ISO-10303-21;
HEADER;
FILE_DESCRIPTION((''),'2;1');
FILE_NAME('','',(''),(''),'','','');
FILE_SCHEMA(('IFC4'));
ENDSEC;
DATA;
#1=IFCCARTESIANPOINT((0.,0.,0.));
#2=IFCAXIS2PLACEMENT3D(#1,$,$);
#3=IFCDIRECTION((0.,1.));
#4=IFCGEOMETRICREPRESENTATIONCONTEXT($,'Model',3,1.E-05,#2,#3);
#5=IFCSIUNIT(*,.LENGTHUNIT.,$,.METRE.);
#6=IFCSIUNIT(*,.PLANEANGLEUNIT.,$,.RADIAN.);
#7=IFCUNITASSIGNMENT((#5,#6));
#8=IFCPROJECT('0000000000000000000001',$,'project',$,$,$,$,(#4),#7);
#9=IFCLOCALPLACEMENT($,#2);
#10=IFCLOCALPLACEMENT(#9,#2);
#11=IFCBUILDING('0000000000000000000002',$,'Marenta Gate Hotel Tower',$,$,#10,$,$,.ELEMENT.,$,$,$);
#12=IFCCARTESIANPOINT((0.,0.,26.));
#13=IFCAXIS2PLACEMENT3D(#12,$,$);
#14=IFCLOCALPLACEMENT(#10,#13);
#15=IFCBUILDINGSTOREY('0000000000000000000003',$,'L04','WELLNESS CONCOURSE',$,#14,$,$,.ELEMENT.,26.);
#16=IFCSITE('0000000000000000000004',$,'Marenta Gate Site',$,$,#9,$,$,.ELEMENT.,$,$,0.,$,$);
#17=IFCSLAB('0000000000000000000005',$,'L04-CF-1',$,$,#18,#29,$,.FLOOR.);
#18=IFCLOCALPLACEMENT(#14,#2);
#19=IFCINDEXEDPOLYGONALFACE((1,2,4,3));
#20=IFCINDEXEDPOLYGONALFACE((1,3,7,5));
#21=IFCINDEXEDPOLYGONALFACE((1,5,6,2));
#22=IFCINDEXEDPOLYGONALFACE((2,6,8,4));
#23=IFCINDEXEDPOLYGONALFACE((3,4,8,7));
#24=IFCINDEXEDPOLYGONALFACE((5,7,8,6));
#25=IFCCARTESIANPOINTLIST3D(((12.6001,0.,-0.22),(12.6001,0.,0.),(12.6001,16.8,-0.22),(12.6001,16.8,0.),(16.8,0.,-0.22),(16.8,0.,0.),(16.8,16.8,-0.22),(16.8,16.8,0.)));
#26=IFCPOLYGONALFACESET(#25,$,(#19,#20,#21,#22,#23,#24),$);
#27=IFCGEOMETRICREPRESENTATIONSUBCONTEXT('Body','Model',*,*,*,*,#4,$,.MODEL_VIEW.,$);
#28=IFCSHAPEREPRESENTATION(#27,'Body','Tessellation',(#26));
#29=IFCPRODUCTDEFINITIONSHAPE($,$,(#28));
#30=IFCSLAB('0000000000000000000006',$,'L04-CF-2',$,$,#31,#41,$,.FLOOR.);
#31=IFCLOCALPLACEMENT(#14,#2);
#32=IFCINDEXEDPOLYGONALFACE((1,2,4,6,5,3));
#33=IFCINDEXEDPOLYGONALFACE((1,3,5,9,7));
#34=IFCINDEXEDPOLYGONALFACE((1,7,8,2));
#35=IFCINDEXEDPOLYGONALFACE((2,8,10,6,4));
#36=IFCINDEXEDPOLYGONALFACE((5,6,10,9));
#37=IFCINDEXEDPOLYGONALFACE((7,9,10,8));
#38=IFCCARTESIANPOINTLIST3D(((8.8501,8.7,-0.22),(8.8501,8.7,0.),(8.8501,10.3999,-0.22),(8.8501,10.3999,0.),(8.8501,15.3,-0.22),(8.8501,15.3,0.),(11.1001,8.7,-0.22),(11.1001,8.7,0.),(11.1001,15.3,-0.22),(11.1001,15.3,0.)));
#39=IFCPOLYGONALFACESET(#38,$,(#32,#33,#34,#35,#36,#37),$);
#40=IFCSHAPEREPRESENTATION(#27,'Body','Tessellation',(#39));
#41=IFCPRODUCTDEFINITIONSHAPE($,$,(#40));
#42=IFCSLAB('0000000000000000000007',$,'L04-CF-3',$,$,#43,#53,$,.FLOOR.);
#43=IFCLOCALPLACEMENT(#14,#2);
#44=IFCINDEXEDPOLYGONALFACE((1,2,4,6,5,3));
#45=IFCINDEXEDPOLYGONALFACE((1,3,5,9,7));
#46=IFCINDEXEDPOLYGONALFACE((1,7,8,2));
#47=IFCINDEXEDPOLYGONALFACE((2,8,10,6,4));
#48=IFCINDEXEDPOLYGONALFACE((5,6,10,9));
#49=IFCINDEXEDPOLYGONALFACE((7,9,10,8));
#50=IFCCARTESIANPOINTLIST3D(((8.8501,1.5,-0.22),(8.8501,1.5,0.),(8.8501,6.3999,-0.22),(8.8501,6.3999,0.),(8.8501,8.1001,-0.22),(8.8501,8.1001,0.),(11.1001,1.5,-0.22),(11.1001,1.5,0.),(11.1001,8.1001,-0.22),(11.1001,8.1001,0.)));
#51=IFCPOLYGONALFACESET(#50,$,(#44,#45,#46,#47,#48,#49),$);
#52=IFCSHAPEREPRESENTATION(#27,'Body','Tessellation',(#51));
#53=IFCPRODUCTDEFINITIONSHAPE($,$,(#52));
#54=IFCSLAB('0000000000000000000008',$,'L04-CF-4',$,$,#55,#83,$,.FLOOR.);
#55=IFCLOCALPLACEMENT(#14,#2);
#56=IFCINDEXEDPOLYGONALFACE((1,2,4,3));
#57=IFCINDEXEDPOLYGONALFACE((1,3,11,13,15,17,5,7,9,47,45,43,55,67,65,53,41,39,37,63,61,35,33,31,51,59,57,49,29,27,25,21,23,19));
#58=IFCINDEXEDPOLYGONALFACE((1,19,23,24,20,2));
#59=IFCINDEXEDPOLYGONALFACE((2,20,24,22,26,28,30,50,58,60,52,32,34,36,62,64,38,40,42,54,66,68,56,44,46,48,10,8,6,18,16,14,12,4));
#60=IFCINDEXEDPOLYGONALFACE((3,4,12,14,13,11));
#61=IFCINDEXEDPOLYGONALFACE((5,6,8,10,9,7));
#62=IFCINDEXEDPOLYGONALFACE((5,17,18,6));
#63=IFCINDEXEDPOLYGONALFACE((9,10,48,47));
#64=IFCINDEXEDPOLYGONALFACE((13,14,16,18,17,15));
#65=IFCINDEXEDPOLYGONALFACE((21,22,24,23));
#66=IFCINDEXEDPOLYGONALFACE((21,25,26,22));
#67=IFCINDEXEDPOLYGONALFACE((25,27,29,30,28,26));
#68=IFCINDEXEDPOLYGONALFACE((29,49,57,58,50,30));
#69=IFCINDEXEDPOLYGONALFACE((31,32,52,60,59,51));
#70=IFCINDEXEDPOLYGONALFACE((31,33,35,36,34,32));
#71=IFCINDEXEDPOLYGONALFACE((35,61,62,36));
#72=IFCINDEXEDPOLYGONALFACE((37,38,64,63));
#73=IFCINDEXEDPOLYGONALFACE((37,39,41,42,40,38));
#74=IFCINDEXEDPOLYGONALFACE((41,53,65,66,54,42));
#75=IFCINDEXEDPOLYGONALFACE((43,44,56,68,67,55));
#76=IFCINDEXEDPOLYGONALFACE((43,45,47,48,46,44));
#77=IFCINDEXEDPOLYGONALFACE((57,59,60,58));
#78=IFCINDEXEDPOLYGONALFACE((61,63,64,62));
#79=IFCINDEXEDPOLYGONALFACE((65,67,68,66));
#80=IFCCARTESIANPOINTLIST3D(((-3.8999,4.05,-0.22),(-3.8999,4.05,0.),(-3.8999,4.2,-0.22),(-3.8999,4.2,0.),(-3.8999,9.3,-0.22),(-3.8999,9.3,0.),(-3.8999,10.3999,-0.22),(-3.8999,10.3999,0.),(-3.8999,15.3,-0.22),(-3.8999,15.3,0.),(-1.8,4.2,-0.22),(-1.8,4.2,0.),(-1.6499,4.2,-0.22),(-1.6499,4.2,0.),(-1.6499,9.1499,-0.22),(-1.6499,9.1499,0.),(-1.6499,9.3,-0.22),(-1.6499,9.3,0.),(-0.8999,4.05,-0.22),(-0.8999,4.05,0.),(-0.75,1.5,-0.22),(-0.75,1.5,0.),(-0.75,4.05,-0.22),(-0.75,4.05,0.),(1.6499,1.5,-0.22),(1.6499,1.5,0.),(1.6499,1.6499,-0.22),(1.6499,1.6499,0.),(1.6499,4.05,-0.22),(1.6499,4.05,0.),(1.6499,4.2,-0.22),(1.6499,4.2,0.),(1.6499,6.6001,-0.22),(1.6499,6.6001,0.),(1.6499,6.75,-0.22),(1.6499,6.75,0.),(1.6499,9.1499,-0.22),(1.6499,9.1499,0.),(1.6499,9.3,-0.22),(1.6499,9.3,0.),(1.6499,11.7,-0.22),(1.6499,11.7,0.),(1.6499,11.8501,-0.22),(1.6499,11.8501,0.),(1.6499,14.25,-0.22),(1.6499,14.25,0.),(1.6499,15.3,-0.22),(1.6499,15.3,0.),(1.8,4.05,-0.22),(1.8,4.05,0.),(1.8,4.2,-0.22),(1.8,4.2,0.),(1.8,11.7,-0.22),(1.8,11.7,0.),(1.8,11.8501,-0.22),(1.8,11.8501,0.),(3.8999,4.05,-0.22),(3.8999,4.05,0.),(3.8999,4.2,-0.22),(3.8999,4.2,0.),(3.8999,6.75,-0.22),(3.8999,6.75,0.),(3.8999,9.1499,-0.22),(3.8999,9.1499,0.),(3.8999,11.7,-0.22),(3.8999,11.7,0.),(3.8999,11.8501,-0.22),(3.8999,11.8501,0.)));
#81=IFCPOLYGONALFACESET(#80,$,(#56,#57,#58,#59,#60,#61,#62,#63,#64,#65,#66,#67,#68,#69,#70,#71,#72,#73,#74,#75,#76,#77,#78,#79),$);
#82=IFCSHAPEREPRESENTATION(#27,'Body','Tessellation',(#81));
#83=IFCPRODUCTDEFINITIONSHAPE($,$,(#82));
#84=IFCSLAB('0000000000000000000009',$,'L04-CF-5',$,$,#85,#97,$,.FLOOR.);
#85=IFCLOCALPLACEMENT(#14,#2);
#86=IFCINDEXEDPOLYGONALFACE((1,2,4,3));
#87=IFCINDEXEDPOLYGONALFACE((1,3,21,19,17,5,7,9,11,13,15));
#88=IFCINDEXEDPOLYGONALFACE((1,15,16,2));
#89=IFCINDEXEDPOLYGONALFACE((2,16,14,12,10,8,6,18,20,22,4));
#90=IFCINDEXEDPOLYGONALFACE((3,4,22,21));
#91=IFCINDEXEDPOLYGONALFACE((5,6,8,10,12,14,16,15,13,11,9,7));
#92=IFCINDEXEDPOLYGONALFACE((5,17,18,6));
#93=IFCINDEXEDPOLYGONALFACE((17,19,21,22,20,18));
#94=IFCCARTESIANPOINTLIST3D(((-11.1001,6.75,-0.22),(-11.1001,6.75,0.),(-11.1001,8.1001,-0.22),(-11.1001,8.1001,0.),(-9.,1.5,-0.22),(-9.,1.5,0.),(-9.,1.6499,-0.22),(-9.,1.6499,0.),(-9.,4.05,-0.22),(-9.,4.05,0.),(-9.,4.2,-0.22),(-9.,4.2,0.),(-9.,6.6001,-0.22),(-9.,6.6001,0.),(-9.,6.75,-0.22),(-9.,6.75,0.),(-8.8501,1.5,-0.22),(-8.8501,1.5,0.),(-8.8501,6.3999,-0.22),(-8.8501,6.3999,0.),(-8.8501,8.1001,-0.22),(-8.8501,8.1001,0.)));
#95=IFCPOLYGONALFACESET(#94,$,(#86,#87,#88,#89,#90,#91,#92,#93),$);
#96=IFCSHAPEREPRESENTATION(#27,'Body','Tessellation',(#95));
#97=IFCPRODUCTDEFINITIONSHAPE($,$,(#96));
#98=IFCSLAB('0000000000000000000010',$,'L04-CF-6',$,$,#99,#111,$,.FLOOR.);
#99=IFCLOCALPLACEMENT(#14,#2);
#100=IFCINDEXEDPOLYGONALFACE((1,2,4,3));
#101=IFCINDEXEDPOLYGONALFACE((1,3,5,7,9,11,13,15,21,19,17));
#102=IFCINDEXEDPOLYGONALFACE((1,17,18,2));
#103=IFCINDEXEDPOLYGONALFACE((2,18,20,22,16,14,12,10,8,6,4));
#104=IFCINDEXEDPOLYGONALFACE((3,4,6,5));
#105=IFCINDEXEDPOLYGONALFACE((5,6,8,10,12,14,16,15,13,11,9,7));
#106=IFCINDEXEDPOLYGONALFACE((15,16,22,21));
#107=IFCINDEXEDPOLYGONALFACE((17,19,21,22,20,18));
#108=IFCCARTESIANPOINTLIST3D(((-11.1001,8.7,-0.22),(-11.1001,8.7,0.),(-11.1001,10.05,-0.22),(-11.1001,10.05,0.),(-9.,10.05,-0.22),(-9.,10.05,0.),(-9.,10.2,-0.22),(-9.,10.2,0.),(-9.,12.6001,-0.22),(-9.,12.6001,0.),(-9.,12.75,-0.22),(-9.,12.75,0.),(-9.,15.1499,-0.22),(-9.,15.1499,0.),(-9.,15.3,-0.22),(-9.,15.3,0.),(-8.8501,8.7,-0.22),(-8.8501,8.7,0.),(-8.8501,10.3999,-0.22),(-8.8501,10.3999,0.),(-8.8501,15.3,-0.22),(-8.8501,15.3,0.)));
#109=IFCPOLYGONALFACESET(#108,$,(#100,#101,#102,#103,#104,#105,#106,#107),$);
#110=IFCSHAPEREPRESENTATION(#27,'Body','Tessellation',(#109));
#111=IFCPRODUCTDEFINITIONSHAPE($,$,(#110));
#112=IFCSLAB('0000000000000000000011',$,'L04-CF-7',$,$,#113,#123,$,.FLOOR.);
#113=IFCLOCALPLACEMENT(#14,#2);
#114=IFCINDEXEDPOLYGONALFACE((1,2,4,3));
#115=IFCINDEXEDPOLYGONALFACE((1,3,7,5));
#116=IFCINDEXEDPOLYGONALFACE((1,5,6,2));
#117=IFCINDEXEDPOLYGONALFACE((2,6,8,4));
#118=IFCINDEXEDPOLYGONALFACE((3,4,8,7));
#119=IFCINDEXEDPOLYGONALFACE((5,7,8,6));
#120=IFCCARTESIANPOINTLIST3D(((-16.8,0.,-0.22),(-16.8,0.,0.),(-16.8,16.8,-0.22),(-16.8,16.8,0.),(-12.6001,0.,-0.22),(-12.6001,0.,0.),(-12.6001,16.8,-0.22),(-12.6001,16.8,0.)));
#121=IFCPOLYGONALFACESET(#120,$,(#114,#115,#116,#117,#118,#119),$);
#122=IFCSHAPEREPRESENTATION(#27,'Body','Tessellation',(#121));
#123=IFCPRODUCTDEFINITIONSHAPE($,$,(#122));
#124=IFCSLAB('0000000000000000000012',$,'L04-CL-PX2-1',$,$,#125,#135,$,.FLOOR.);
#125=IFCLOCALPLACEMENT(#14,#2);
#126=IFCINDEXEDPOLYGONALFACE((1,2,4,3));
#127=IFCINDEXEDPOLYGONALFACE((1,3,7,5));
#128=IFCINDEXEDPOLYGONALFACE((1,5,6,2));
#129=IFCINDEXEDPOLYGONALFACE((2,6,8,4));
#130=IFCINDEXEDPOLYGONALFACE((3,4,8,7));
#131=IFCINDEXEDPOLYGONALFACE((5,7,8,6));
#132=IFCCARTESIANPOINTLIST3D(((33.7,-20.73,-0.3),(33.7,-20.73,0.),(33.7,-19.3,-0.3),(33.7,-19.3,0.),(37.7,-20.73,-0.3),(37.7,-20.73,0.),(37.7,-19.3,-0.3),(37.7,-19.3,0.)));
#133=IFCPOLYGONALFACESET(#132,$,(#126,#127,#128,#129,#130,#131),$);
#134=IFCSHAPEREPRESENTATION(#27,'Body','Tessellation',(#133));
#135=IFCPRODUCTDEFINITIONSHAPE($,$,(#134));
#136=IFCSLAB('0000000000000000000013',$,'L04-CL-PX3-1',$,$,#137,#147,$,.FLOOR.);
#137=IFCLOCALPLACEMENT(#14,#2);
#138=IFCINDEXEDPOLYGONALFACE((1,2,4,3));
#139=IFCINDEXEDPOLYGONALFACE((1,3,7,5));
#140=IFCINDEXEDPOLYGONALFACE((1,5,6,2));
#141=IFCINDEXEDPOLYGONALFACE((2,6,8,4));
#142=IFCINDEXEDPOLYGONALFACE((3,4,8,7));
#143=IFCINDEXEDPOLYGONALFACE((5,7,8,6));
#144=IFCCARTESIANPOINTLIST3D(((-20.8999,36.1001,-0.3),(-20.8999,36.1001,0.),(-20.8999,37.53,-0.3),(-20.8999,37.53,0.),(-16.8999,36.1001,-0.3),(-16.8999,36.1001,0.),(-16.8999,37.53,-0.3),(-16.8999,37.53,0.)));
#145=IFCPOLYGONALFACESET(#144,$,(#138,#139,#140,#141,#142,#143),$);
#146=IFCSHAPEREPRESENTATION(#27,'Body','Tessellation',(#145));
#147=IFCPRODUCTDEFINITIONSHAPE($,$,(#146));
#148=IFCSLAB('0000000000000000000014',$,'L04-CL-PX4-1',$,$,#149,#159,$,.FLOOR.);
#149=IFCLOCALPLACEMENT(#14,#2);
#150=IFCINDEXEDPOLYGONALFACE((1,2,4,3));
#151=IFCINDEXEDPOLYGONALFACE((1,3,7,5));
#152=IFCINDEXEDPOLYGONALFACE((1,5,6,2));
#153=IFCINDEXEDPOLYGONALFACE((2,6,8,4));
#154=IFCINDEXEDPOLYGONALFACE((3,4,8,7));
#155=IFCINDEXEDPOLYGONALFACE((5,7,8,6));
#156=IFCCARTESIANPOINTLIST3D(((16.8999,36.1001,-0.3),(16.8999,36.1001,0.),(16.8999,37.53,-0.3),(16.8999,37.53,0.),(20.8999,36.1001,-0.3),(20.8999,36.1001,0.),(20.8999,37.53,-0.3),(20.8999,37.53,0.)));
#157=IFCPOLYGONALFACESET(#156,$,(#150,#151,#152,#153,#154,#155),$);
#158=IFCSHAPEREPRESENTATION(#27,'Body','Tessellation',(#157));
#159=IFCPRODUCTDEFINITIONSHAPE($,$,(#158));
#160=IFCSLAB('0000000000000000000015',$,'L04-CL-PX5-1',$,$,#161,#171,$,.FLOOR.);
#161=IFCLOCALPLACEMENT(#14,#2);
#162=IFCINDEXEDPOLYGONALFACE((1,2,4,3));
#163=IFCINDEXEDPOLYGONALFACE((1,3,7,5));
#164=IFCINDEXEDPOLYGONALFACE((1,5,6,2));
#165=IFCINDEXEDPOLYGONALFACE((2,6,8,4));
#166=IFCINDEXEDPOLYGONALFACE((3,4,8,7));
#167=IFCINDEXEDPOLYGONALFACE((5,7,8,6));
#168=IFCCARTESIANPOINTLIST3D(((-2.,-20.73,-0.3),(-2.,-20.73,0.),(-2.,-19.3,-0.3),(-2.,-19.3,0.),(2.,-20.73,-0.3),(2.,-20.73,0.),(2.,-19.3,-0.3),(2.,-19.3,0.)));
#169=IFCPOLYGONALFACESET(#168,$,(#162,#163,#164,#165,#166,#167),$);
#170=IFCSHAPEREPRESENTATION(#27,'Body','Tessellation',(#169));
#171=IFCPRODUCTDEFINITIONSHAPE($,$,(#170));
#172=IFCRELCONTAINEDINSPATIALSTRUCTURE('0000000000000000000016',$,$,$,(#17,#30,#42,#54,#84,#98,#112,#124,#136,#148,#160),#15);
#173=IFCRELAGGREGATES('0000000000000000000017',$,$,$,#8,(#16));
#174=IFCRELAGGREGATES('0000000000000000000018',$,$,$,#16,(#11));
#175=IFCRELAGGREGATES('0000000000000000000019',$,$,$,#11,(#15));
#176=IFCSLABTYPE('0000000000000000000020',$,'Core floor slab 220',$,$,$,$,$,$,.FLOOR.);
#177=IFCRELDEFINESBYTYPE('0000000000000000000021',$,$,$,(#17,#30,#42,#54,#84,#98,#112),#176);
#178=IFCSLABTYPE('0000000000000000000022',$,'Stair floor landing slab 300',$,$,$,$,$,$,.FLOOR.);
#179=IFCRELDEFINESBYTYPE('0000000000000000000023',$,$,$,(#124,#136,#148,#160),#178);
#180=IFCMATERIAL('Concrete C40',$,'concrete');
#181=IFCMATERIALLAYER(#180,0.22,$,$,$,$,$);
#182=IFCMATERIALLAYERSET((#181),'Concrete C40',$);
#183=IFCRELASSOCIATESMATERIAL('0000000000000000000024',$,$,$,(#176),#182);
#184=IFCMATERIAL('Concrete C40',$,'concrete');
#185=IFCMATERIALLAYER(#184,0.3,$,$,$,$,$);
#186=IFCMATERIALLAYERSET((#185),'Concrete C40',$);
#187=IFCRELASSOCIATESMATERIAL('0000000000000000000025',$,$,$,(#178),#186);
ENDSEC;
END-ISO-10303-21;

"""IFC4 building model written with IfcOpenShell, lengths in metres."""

from ifc_helpers import new_model, si_unit, direction, frame, origin, place, context, subcontext, project, spatial, polyline, outline, extrude, material, layer, layer_set, type_object, element, save


model = new_model("IFC4")

# Units and contexts
model_context = context("Model", 3, precision=1e-05, world=origin(), true_north=direction((0.0, 1.0)))
body_context = subcontext(model_context, "Body", "Model", "MODEL_VIEW")
ifc_project = project(units=[si_unit("LENGTHUNIT", "METRE"), si_unit("PLANEANGLEUNIT", "RADIAN")], contexts=[model_context])

# Site, building, storey
site_placement = place(None, origin())
site = spatial("IfcSite", under=ifc_project, at=site_placement, Name="Marenta Gate Site", CompositionType="ELEMENT", RefElevation=0.0)
building_placement = place(site_placement, origin())
building = spatial("IfcBuilding", under=site, at=building_placement, Name="Marenta Gate Hotel Tower", CompositionType="ELEMENT")
storey_placement = place(building_placement, frame((0.0, 0.0, 26.0)))
storey = spatial("IfcBuildingStorey", under=building, at=storey_placement, Name="L04", Description="WELLNESS CONCOURSE", CompositionType="ELEMENT", Elevation=26.0)

# Slabs
ifc_material_1 = material(Name="Concrete C40", Category="concrete")
ifc_layer_1 = layer(ifc_material_1, 0.22)
ifc_layer_set_1 = layer_set([ifc_layer_1], Name="Concrete C40")
slab_type_1 = type_object("IfcSlabType", Name="Core floor slab 220", PredefinedType="FLOOR", material=ifc_layer_set_1)
slab_1_placement = place(storey_placement, frame((0.0, 0.0, -0.22)))
element("IfcSlab", 1, at=slab_1_placement, inside=storey, type_object=slab_type_1, Name="L04-CF-1", PredefinedType="FLOOR", context=body_context, shape_type="SweptSolid", body=[
    extrude(outline(polyline([(12.6001, 0.0), (12.6001, 16.8), (16.8, 16.8), (16.8, 0.0), (12.6001, 0.0)])), origin(), (0.0, 0.0, 1.0), 0.22),
])
slab_2_placement = place(storey_placement, frame((0.0, 0.0, -0.22)))
element("IfcSlab", 2, at=slab_2_placement, inside=storey, type_object=slab_type_1, Name="L04-CF-2", PredefinedType="FLOOR", context=body_context, shape_type="SweptSolid", body=[
    extrude(outline(polyline([(8.8501, 15.3), (11.1001, 15.3), (11.1001, 8.7), (8.8501, 8.7), (8.8501, 10.3999), (8.8501, 15.3)])), origin(), (0.0, 0.0, 1.0), 0.22),
])
slab_3_placement = place(storey_placement, frame((0.0, 0.0, -0.22)))
element("IfcSlab", 3, at=slab_3_placement, inside=storey, type_object=slab_type_1, Name="L04-CF-3", PredefinedType="FLOOR", context=body_context, shape_type="SweptSolid", body=[
    extrude(outline(polyline([(11.1001, 8.1001), (11.1001, 1.5), (8.8501, 1.5), (8.8501, 6.3999), (8.8501, 8.1001), (11.1001, 8.1001)])), origin(), (0.0, 0.0, 1.0), 0.22),
])
slab_4_placement = place(storey_placement, frame((0.0, 0.0, -0.22)))
element("IfcSlab", 4, at=slab_4_placement, inside=storey, type_object=slab_type_1, Name="L04-CF-4", PredefinedType="FLOOR", context=body_context, shape_type="SweptSolid", body=[
    extrude(outline(polyline([(1.6499, 14.25), (1.6499, 11.8501), (1.8, 11.8501), (3.8999, 11.8501), (3.8999, 11.7), (1.8, 11.7), (1.6499, 11.7), (1.6499, 9.3), (1.6499, 9.1499), (3.8999, 9.1499), (3.8999, 9.3), (3.8999, 10.3999), (3.8999, 10.3999), (3.8999, 6.3999), (3.8999, 6.3999), (3.8999, 6.6001), (3.8999, 6.75), (1.6499, 6.75), (1.6499, 6.6001), (1.6499, 4.2), (1.8, 4.2), (3.8999, 4.2), (3.8999, 4.05), (1.8, 4.05), (1.6499, 4.05), (1.6499, 1.6499), (1.6499, 1.5), (-0.75, 1.5), (-0.75, 4.05), (-0.8999, 4.05), (-3.8999, 4.05), (-3.8999, 4.2), (-1.8, 4.2), (-1.6499, 4.2), (-1.6499, 9.1499), (-1.6499, 9.3), (-3.8999, 9.3), (-3.8999, 9.1499), (-3.8999, 6.75), (-3.8999, 6.6001), (-3.8999, 6.3999), (-3.8999, 6.3999), (-3.8999, 10.3999), (-3.8999, 10.3999), (-3.8999, 15.3), (1.6499, 15.3), (1.6499, 14.25)])), origin(), (0.0, 0.0, 1.0), 0.22),
])
slab_5_placement = place(storey_placement, frame((0.0, 0.0, -0.22)))
element("IfcSlab", 5, at=slab_5_placement, inside=storey, type_object=slab_type_1, Name="L04-CF-5", PredefinedType="FLOOR", context=body_context, shape_type="SweptSolid", body=[
    extrude(outline(polyline([(-8.8501, 8.1001), (-8.8501, 6.3999), (-8.8501, 1.5), (-9.0, 1.5), (-9.0, 1.6499), (-9.0, 4.05), (-9.0, 4.2), (-9.0, 6.6001), (-9.0, 6.75), (-11.1001, 6.75), (-11.1001, 8.1001), (-8.8501, 8.1001)])), origin(), (0.0, 0.0, 1.0), 0.22),
])
slab_6_placement = place(storey_placement, frame((0.0, 0.0, -0.22)))
element("IfcSlab", 6, at=slab_6_placement, inside=storey, type_object=slab_type_1, Name="L04-CF-6", PredefinedType="FLOOR", context=body_context, shape_type="SweptSolid", body=[
    extrude(outline(polyline([(-8.8501, 10.3999), (-8.8501, 8.7), (-11.1001, 8.7), (-11.1001, 10.05), (-9.0, 10.05), (-9.0, 10.2), (-9.0, 12.6001), (-9.0, 12.75), (-9.0, 15.1499), (-9.0, 15.3), (-8.8501, 15.3), (-8.8501, 10.3999)])), origin(), (0.0, 0.0, 1.0), 0.22),
])
slab_7_placement = place(storey_placement, frame((0.0, 0.0, -0.22)))
element("IfcSlab", 7, at=slab_7_placement, inside=storey, type_object=slab_type_1, Name="L04-CF-7", PredefinedType="FLOOR", context=body_context, shape_type="SweptSolid", body=[
    extrude(outline(polyline([(-12.6001, 16.8), (-12.6001, 0.0), (-16.8, 0.0), (-16.8, 16.8), (-12.6001, 16.8)])), origin(), (0.0, 0.0, 1.0), 0.22),
])
ifc_material_2 = material(Name="Concrete C40", Category="concrete")
ifc_layer_2 = layer(ifc_material_2, 0.3)
ifc_layer_set_2 = layer_set([ifc_layer_2], Name="Concrete C40")
slab_type_2 = type_object("IfcSlabType", Name="Stair floor landing slab 300", PredefinedType="FLOOR", material=ifc_layer_set_2)
slab_8_placement = place(storey_placement, frame((0.0, 0.0, -0.3)))
element("IfcSlab", 8, at=slab_8_placement, inside=storey, type_object=slab_type_2, Name="L04-CL-PX2-1", PredefinedType="FLOOR", context=body_context, shape_type="SweptSolid", body=[
    extrude(outline(polyline([(37.7, -20.73), (33.7, -20.73), (33.7, -19.3), (37.7, -19.3), (37.7, -20.73)])), origin(), (0.0, 0.0, 1.0), 0.3),
])
slab_9_placement = place(storey_placement, frame((0.0, 0.0, -0.3)))
element("IfcSlab", 9, at=slab_9_placement, inside=storey, type_object=slab_type_2, Name="L04-CL-PX3-1", PredefinedType="FLOOR", context=body_context, shape_type="SweptSolid", body=[
    extrude(outline(polyline([(-16.8999, 36.1001), (-20.8999, 36.1001), (-20.8999, 37.53), (-16.8999, 37.53), (-16.8999, 36.1001)])), origin(), (0.0, 0.0, 1.0), 0.3),
])
slab_10_placement = place(storey_placement, frame((0.0, 0.0, -0.3)))
element("IfcSlab", 10, at=slab_10_placement, inside=storey, type_object=slab_type_2, Name="L04-CL-PX4-1", PredefinedType="FLOOR", context=body_context, shape_type="SweptSolid", body=[
    extrude(outline(polyline([(20.8999, 36.1001), (16.8999, 36.1001), (16.8999, 37.53), (20.8999, 37.53), (20.8999, 36.1001)])), origin(), (0.0, 0.0, 1.0), 0.3),
])
slab_11_placement = place(storey_placement, frame((0.0, 0.0, -0.3)))
element("IfcSlab", 11, at=slab_11_placement, inside=storey, type_object=slab_type_2, Name="L04-CL-PX5-1", PredefinedType="FLOOR", context=body_context, shape_type="SweptSolid", body=[
    extrude(outline(polyline([(2.0, -20.73), (-2.0, -20.73), (-2.0, -19.3), (2.0, -19.3), (2.0, -20.73)])), origin(), (0.0, 0.0, 1.0), 0.3),
])

save(model, "model.ifc")
